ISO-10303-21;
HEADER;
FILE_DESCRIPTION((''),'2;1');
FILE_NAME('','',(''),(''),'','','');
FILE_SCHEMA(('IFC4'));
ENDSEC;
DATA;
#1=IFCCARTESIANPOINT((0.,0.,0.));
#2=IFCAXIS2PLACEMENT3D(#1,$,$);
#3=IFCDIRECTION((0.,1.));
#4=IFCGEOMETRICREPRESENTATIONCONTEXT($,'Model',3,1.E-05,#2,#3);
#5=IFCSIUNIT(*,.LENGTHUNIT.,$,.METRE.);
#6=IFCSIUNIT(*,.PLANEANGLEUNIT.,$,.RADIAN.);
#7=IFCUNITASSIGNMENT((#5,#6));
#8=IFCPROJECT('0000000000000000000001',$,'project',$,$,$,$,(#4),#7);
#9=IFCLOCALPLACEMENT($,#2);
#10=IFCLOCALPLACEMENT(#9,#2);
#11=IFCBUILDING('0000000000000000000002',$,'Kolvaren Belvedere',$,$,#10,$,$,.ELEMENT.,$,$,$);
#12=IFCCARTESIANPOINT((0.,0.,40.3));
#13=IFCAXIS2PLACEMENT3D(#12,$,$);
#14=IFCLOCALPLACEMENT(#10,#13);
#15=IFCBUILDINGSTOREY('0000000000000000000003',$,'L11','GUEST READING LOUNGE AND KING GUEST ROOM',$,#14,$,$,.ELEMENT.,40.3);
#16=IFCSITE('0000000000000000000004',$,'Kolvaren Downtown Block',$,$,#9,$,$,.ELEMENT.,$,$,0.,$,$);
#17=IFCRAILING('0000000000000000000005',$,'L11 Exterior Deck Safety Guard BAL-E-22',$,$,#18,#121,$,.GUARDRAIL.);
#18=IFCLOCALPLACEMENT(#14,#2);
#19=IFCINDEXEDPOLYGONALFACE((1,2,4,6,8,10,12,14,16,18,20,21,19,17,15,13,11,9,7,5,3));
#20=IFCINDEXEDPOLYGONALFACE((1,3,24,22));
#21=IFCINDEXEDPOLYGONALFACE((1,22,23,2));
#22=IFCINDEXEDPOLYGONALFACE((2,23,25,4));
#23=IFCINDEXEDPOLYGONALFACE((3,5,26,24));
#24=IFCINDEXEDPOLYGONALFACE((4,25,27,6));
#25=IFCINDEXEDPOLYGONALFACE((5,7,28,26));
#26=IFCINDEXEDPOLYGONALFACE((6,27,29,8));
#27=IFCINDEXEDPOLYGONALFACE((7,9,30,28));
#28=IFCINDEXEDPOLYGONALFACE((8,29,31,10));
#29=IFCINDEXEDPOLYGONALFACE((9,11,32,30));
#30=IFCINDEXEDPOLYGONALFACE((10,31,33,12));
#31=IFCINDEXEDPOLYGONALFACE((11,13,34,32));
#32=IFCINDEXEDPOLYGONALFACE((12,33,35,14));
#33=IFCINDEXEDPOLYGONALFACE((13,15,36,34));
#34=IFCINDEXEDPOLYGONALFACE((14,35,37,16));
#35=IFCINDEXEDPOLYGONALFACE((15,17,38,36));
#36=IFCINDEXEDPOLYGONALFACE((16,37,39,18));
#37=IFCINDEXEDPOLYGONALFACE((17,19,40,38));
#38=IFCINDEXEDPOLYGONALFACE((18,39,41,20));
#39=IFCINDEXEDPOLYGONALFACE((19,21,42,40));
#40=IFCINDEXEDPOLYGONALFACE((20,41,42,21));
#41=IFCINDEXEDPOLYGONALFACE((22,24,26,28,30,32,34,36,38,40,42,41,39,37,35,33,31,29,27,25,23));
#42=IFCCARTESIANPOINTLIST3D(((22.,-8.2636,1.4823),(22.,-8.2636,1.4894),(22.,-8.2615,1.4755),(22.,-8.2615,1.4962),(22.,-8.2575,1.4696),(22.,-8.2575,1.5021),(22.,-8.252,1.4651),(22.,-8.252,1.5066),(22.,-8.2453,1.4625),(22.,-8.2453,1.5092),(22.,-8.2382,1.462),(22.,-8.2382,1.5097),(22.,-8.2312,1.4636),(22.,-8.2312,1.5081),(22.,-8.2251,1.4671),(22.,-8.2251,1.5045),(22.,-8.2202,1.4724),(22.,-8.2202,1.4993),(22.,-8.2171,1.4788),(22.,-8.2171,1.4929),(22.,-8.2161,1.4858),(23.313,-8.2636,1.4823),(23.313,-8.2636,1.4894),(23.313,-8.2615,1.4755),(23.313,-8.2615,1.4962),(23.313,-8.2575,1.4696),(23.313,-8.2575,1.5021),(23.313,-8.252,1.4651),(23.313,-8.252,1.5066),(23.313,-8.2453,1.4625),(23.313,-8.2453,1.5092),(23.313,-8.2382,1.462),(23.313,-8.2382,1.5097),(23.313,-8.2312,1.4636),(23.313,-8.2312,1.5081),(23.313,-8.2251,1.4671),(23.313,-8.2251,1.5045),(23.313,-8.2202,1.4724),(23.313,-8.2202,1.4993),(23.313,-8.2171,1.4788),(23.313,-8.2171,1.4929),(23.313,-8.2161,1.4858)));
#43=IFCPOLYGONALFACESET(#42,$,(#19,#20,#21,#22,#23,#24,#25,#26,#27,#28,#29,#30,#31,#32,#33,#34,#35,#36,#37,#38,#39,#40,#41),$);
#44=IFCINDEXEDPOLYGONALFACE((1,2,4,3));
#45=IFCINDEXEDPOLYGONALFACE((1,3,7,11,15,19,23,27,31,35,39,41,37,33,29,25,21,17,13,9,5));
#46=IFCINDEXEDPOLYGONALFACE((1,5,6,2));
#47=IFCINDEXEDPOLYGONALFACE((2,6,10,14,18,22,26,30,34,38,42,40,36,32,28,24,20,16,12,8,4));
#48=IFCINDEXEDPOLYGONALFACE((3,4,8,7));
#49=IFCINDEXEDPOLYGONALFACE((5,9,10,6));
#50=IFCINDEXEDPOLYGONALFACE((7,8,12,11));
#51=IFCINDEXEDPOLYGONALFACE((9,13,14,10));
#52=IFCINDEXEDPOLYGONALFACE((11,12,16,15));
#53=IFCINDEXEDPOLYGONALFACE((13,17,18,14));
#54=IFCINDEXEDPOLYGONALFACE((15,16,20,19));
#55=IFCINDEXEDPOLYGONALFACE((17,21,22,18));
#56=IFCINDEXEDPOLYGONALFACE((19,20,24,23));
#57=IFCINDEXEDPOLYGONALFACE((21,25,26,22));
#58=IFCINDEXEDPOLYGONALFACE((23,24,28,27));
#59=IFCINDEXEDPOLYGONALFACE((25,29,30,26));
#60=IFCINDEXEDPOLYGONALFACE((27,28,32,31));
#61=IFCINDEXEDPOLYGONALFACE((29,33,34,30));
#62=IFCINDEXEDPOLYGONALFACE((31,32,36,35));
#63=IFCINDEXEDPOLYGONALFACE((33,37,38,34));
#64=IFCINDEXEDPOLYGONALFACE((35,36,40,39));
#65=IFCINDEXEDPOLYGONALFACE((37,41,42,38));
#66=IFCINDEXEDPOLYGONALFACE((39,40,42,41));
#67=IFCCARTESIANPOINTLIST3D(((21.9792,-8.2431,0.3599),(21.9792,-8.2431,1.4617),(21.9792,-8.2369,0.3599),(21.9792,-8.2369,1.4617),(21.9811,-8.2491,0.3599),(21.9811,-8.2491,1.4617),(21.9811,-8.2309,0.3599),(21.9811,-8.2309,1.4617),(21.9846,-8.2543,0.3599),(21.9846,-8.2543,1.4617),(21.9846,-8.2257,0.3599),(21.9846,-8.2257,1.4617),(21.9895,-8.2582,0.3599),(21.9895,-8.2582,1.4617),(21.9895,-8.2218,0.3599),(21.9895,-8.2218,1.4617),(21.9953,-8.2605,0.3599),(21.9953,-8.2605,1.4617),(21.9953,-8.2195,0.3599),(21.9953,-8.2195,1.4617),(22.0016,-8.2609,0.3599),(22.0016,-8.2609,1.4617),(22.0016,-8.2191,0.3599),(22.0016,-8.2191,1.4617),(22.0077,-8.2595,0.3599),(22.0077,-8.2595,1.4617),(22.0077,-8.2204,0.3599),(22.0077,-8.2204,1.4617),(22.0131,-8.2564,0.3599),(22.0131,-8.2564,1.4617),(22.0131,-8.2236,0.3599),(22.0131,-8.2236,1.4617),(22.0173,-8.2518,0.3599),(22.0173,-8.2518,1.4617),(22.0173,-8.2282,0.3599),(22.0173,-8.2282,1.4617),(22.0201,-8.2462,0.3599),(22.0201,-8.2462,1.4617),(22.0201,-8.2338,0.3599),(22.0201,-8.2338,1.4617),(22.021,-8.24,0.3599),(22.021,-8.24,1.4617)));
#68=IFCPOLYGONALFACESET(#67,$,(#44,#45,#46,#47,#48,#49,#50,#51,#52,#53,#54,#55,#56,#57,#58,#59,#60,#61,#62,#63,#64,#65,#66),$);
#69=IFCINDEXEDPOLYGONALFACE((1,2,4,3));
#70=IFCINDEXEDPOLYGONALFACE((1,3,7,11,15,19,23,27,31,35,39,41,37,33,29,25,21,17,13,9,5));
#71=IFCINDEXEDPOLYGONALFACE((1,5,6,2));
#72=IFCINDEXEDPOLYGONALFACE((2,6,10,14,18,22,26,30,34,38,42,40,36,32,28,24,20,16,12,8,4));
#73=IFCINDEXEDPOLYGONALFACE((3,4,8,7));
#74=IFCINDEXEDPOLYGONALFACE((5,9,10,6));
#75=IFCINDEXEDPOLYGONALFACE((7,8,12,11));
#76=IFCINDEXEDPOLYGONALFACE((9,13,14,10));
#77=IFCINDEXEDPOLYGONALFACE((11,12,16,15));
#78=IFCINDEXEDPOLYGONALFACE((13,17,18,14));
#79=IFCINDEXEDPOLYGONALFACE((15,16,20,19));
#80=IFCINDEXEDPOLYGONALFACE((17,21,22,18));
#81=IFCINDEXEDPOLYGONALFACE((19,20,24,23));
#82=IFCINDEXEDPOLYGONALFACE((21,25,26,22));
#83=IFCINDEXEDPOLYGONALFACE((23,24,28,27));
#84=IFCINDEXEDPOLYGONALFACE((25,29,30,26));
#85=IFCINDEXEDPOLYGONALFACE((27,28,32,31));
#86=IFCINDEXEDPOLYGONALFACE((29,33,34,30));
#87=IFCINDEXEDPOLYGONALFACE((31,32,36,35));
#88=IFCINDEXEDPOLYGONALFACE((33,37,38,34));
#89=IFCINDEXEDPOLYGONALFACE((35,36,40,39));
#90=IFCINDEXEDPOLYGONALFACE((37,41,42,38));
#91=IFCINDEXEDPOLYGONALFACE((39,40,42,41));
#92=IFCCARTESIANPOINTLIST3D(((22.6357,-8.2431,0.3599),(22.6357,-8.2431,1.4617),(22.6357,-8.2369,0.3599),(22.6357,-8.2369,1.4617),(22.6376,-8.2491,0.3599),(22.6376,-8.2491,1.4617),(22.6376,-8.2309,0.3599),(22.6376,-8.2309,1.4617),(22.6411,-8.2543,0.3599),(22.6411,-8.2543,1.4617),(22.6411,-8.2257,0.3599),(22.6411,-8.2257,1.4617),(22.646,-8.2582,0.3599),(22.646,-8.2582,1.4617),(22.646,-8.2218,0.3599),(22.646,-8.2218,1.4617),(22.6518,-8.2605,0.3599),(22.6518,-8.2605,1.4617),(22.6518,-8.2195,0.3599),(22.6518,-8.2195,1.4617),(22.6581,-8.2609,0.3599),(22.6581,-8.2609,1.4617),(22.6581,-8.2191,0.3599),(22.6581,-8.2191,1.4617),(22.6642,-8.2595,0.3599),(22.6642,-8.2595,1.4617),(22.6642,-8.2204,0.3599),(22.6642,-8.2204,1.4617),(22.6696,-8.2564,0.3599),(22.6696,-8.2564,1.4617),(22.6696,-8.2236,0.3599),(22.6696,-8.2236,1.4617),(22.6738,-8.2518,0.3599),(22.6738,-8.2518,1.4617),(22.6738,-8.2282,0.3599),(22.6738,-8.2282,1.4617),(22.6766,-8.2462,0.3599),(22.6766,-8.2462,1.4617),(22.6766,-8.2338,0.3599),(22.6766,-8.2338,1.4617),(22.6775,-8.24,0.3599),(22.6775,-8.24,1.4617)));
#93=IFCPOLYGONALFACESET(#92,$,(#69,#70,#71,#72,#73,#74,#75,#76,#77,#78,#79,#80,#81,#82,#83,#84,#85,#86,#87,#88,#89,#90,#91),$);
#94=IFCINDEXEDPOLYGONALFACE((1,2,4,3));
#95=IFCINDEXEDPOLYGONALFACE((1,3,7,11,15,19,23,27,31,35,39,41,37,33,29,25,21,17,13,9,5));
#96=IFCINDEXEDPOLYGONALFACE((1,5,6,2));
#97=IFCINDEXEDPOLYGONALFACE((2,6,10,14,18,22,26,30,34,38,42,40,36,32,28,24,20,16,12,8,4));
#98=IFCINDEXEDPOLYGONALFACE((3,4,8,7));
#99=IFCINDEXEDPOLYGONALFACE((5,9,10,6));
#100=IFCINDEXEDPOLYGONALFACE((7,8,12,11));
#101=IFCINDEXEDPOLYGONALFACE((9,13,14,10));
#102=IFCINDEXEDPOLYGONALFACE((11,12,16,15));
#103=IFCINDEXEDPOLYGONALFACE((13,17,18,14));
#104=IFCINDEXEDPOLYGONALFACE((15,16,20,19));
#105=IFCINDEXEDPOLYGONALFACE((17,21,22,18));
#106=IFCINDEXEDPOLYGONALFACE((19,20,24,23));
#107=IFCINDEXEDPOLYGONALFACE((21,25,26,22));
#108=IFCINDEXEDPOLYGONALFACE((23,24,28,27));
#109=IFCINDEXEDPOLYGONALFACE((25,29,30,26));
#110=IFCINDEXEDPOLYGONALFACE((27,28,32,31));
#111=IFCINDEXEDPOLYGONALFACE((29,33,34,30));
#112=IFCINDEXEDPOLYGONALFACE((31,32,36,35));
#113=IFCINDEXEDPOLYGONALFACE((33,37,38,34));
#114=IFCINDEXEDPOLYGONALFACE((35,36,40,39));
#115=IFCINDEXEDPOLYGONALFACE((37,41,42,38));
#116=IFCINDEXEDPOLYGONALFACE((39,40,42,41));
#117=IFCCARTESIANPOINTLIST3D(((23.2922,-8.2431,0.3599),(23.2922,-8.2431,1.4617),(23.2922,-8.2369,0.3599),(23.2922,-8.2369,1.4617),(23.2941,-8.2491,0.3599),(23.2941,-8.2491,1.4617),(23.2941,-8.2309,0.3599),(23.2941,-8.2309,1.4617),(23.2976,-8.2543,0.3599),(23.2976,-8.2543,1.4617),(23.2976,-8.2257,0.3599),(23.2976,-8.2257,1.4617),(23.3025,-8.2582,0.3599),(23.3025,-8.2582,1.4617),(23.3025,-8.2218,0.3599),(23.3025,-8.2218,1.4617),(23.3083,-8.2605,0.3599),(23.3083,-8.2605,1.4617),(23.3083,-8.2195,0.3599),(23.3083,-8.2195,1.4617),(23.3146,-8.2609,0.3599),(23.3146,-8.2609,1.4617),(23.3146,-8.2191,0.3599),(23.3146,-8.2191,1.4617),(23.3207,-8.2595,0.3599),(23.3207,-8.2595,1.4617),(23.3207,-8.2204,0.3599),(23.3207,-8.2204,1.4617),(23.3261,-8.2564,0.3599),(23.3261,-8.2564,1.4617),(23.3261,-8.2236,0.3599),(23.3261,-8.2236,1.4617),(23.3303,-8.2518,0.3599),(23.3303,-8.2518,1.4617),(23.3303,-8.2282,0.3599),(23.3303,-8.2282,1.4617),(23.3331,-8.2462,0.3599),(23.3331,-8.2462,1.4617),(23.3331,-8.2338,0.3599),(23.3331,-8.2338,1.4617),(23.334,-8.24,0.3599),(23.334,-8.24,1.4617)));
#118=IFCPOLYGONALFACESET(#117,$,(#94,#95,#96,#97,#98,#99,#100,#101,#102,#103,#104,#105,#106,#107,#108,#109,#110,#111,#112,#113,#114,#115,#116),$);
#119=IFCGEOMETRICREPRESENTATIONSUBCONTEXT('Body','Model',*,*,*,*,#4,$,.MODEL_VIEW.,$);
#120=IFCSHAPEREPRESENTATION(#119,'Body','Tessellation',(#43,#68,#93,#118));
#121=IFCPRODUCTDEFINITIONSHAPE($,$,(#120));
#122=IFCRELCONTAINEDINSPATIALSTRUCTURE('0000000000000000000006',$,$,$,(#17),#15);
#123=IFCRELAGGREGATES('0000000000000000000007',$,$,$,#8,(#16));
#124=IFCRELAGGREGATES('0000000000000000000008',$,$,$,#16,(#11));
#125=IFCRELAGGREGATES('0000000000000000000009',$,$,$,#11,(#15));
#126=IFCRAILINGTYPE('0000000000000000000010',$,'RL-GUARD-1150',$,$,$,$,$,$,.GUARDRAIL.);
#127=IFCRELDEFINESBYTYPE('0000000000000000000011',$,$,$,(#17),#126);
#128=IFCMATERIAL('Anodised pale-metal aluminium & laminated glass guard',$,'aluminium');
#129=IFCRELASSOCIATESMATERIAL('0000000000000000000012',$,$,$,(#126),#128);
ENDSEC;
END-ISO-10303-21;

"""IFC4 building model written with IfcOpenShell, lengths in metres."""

from ifc_helpers import new_model, si_unit, direction, frame, origin, origin_2d, place, context, subcontext, project, spatial, circle, extrude, material, type_object, element, save


model = new_model("IFC4")

# Units and contexts
model_context = context("Model", 3, precision=1e-05, world=origin(), true_north=direction((0.0, 1.0)))
body_context = subcontext(model_context, "Body", "Model", "MODEL_VIEW")
ifc_project = project(units=[si_unit("LENGTHUNIT", "METRE"), si_unit("PLANEANGLEUNIT", "RADIAN")], contexts=[model_context])

# Site, building, storey
site_placement = place(None, origin())
site = spatial("IfcSite", under=ifc_project, at=site_placement, Name="Kolvaren Downtown Block", CompositionType="ELEMENT", RefElevation=0.0)
building_placement = place(site_placement, origin())
building = spatial("IfcBuilding", under=site, at=building_placement, Name="Kolvaren Belvedere", CompositionType="ELEMENT")
storey_placement = place(building_placement, frame((0.0, 0.0, 40.3)))
storey = spatial("IfcBuildingStorey", under=building, at=storey_placement, Name="L11", Description="GUEST READING LOUNGE AND KING GUEST ROOM", CompositionType="ELEMENT", Elevation=40.3)

# Railing
ifc_material_1 = material(Name="Anodised pale-metal aluminium & laminated glass guard", Category="aluminium")
railing_type = type_object("IfcRailingType", Name="RL-GUARD-1150", PredefinedType="GUARDRAIL", material=ifc_material_1)
railing_1_placement = place(storey_placement, frame((22.0, -8.24, 0.3599)))
element("IfcRailing", 1, at=railing_1_placement, inside=storey, type_object=railing_type, Name="L11 Exterior Deck Safety Guard BAL-E-22", PredefinedType="GUARDRAIL", context=body_context, shape_type="SweptSolid", body=[
    extrude(circle(Radius=0.0239, at=origin_2d()), frame((0.0, 0.0, 1.126), z_axis=(1.0, 0.0, 0.0), x_axis=(0.0, 1.0, 0.0)), (0.0, 0.0, 1.0), 1.313),
    extrude(circle(Radius=0.021, at=origin_2d()), origin(), (0.0, 0.0, 1.0), 1.1018),
    extrude(circle(Radius=0.021, at=origin_2d()), frame((0.6565, 0.0, 0.0)), (0.0, 0.0, 1.0), 1.1018),
    extrude(circle(Radius=0.021, at=origin_2d()), frame((1.313, 0.0, 0.0)), (0.0, 0.0, 1.0), 1.1018),
])

save(model, "model.ifc")
